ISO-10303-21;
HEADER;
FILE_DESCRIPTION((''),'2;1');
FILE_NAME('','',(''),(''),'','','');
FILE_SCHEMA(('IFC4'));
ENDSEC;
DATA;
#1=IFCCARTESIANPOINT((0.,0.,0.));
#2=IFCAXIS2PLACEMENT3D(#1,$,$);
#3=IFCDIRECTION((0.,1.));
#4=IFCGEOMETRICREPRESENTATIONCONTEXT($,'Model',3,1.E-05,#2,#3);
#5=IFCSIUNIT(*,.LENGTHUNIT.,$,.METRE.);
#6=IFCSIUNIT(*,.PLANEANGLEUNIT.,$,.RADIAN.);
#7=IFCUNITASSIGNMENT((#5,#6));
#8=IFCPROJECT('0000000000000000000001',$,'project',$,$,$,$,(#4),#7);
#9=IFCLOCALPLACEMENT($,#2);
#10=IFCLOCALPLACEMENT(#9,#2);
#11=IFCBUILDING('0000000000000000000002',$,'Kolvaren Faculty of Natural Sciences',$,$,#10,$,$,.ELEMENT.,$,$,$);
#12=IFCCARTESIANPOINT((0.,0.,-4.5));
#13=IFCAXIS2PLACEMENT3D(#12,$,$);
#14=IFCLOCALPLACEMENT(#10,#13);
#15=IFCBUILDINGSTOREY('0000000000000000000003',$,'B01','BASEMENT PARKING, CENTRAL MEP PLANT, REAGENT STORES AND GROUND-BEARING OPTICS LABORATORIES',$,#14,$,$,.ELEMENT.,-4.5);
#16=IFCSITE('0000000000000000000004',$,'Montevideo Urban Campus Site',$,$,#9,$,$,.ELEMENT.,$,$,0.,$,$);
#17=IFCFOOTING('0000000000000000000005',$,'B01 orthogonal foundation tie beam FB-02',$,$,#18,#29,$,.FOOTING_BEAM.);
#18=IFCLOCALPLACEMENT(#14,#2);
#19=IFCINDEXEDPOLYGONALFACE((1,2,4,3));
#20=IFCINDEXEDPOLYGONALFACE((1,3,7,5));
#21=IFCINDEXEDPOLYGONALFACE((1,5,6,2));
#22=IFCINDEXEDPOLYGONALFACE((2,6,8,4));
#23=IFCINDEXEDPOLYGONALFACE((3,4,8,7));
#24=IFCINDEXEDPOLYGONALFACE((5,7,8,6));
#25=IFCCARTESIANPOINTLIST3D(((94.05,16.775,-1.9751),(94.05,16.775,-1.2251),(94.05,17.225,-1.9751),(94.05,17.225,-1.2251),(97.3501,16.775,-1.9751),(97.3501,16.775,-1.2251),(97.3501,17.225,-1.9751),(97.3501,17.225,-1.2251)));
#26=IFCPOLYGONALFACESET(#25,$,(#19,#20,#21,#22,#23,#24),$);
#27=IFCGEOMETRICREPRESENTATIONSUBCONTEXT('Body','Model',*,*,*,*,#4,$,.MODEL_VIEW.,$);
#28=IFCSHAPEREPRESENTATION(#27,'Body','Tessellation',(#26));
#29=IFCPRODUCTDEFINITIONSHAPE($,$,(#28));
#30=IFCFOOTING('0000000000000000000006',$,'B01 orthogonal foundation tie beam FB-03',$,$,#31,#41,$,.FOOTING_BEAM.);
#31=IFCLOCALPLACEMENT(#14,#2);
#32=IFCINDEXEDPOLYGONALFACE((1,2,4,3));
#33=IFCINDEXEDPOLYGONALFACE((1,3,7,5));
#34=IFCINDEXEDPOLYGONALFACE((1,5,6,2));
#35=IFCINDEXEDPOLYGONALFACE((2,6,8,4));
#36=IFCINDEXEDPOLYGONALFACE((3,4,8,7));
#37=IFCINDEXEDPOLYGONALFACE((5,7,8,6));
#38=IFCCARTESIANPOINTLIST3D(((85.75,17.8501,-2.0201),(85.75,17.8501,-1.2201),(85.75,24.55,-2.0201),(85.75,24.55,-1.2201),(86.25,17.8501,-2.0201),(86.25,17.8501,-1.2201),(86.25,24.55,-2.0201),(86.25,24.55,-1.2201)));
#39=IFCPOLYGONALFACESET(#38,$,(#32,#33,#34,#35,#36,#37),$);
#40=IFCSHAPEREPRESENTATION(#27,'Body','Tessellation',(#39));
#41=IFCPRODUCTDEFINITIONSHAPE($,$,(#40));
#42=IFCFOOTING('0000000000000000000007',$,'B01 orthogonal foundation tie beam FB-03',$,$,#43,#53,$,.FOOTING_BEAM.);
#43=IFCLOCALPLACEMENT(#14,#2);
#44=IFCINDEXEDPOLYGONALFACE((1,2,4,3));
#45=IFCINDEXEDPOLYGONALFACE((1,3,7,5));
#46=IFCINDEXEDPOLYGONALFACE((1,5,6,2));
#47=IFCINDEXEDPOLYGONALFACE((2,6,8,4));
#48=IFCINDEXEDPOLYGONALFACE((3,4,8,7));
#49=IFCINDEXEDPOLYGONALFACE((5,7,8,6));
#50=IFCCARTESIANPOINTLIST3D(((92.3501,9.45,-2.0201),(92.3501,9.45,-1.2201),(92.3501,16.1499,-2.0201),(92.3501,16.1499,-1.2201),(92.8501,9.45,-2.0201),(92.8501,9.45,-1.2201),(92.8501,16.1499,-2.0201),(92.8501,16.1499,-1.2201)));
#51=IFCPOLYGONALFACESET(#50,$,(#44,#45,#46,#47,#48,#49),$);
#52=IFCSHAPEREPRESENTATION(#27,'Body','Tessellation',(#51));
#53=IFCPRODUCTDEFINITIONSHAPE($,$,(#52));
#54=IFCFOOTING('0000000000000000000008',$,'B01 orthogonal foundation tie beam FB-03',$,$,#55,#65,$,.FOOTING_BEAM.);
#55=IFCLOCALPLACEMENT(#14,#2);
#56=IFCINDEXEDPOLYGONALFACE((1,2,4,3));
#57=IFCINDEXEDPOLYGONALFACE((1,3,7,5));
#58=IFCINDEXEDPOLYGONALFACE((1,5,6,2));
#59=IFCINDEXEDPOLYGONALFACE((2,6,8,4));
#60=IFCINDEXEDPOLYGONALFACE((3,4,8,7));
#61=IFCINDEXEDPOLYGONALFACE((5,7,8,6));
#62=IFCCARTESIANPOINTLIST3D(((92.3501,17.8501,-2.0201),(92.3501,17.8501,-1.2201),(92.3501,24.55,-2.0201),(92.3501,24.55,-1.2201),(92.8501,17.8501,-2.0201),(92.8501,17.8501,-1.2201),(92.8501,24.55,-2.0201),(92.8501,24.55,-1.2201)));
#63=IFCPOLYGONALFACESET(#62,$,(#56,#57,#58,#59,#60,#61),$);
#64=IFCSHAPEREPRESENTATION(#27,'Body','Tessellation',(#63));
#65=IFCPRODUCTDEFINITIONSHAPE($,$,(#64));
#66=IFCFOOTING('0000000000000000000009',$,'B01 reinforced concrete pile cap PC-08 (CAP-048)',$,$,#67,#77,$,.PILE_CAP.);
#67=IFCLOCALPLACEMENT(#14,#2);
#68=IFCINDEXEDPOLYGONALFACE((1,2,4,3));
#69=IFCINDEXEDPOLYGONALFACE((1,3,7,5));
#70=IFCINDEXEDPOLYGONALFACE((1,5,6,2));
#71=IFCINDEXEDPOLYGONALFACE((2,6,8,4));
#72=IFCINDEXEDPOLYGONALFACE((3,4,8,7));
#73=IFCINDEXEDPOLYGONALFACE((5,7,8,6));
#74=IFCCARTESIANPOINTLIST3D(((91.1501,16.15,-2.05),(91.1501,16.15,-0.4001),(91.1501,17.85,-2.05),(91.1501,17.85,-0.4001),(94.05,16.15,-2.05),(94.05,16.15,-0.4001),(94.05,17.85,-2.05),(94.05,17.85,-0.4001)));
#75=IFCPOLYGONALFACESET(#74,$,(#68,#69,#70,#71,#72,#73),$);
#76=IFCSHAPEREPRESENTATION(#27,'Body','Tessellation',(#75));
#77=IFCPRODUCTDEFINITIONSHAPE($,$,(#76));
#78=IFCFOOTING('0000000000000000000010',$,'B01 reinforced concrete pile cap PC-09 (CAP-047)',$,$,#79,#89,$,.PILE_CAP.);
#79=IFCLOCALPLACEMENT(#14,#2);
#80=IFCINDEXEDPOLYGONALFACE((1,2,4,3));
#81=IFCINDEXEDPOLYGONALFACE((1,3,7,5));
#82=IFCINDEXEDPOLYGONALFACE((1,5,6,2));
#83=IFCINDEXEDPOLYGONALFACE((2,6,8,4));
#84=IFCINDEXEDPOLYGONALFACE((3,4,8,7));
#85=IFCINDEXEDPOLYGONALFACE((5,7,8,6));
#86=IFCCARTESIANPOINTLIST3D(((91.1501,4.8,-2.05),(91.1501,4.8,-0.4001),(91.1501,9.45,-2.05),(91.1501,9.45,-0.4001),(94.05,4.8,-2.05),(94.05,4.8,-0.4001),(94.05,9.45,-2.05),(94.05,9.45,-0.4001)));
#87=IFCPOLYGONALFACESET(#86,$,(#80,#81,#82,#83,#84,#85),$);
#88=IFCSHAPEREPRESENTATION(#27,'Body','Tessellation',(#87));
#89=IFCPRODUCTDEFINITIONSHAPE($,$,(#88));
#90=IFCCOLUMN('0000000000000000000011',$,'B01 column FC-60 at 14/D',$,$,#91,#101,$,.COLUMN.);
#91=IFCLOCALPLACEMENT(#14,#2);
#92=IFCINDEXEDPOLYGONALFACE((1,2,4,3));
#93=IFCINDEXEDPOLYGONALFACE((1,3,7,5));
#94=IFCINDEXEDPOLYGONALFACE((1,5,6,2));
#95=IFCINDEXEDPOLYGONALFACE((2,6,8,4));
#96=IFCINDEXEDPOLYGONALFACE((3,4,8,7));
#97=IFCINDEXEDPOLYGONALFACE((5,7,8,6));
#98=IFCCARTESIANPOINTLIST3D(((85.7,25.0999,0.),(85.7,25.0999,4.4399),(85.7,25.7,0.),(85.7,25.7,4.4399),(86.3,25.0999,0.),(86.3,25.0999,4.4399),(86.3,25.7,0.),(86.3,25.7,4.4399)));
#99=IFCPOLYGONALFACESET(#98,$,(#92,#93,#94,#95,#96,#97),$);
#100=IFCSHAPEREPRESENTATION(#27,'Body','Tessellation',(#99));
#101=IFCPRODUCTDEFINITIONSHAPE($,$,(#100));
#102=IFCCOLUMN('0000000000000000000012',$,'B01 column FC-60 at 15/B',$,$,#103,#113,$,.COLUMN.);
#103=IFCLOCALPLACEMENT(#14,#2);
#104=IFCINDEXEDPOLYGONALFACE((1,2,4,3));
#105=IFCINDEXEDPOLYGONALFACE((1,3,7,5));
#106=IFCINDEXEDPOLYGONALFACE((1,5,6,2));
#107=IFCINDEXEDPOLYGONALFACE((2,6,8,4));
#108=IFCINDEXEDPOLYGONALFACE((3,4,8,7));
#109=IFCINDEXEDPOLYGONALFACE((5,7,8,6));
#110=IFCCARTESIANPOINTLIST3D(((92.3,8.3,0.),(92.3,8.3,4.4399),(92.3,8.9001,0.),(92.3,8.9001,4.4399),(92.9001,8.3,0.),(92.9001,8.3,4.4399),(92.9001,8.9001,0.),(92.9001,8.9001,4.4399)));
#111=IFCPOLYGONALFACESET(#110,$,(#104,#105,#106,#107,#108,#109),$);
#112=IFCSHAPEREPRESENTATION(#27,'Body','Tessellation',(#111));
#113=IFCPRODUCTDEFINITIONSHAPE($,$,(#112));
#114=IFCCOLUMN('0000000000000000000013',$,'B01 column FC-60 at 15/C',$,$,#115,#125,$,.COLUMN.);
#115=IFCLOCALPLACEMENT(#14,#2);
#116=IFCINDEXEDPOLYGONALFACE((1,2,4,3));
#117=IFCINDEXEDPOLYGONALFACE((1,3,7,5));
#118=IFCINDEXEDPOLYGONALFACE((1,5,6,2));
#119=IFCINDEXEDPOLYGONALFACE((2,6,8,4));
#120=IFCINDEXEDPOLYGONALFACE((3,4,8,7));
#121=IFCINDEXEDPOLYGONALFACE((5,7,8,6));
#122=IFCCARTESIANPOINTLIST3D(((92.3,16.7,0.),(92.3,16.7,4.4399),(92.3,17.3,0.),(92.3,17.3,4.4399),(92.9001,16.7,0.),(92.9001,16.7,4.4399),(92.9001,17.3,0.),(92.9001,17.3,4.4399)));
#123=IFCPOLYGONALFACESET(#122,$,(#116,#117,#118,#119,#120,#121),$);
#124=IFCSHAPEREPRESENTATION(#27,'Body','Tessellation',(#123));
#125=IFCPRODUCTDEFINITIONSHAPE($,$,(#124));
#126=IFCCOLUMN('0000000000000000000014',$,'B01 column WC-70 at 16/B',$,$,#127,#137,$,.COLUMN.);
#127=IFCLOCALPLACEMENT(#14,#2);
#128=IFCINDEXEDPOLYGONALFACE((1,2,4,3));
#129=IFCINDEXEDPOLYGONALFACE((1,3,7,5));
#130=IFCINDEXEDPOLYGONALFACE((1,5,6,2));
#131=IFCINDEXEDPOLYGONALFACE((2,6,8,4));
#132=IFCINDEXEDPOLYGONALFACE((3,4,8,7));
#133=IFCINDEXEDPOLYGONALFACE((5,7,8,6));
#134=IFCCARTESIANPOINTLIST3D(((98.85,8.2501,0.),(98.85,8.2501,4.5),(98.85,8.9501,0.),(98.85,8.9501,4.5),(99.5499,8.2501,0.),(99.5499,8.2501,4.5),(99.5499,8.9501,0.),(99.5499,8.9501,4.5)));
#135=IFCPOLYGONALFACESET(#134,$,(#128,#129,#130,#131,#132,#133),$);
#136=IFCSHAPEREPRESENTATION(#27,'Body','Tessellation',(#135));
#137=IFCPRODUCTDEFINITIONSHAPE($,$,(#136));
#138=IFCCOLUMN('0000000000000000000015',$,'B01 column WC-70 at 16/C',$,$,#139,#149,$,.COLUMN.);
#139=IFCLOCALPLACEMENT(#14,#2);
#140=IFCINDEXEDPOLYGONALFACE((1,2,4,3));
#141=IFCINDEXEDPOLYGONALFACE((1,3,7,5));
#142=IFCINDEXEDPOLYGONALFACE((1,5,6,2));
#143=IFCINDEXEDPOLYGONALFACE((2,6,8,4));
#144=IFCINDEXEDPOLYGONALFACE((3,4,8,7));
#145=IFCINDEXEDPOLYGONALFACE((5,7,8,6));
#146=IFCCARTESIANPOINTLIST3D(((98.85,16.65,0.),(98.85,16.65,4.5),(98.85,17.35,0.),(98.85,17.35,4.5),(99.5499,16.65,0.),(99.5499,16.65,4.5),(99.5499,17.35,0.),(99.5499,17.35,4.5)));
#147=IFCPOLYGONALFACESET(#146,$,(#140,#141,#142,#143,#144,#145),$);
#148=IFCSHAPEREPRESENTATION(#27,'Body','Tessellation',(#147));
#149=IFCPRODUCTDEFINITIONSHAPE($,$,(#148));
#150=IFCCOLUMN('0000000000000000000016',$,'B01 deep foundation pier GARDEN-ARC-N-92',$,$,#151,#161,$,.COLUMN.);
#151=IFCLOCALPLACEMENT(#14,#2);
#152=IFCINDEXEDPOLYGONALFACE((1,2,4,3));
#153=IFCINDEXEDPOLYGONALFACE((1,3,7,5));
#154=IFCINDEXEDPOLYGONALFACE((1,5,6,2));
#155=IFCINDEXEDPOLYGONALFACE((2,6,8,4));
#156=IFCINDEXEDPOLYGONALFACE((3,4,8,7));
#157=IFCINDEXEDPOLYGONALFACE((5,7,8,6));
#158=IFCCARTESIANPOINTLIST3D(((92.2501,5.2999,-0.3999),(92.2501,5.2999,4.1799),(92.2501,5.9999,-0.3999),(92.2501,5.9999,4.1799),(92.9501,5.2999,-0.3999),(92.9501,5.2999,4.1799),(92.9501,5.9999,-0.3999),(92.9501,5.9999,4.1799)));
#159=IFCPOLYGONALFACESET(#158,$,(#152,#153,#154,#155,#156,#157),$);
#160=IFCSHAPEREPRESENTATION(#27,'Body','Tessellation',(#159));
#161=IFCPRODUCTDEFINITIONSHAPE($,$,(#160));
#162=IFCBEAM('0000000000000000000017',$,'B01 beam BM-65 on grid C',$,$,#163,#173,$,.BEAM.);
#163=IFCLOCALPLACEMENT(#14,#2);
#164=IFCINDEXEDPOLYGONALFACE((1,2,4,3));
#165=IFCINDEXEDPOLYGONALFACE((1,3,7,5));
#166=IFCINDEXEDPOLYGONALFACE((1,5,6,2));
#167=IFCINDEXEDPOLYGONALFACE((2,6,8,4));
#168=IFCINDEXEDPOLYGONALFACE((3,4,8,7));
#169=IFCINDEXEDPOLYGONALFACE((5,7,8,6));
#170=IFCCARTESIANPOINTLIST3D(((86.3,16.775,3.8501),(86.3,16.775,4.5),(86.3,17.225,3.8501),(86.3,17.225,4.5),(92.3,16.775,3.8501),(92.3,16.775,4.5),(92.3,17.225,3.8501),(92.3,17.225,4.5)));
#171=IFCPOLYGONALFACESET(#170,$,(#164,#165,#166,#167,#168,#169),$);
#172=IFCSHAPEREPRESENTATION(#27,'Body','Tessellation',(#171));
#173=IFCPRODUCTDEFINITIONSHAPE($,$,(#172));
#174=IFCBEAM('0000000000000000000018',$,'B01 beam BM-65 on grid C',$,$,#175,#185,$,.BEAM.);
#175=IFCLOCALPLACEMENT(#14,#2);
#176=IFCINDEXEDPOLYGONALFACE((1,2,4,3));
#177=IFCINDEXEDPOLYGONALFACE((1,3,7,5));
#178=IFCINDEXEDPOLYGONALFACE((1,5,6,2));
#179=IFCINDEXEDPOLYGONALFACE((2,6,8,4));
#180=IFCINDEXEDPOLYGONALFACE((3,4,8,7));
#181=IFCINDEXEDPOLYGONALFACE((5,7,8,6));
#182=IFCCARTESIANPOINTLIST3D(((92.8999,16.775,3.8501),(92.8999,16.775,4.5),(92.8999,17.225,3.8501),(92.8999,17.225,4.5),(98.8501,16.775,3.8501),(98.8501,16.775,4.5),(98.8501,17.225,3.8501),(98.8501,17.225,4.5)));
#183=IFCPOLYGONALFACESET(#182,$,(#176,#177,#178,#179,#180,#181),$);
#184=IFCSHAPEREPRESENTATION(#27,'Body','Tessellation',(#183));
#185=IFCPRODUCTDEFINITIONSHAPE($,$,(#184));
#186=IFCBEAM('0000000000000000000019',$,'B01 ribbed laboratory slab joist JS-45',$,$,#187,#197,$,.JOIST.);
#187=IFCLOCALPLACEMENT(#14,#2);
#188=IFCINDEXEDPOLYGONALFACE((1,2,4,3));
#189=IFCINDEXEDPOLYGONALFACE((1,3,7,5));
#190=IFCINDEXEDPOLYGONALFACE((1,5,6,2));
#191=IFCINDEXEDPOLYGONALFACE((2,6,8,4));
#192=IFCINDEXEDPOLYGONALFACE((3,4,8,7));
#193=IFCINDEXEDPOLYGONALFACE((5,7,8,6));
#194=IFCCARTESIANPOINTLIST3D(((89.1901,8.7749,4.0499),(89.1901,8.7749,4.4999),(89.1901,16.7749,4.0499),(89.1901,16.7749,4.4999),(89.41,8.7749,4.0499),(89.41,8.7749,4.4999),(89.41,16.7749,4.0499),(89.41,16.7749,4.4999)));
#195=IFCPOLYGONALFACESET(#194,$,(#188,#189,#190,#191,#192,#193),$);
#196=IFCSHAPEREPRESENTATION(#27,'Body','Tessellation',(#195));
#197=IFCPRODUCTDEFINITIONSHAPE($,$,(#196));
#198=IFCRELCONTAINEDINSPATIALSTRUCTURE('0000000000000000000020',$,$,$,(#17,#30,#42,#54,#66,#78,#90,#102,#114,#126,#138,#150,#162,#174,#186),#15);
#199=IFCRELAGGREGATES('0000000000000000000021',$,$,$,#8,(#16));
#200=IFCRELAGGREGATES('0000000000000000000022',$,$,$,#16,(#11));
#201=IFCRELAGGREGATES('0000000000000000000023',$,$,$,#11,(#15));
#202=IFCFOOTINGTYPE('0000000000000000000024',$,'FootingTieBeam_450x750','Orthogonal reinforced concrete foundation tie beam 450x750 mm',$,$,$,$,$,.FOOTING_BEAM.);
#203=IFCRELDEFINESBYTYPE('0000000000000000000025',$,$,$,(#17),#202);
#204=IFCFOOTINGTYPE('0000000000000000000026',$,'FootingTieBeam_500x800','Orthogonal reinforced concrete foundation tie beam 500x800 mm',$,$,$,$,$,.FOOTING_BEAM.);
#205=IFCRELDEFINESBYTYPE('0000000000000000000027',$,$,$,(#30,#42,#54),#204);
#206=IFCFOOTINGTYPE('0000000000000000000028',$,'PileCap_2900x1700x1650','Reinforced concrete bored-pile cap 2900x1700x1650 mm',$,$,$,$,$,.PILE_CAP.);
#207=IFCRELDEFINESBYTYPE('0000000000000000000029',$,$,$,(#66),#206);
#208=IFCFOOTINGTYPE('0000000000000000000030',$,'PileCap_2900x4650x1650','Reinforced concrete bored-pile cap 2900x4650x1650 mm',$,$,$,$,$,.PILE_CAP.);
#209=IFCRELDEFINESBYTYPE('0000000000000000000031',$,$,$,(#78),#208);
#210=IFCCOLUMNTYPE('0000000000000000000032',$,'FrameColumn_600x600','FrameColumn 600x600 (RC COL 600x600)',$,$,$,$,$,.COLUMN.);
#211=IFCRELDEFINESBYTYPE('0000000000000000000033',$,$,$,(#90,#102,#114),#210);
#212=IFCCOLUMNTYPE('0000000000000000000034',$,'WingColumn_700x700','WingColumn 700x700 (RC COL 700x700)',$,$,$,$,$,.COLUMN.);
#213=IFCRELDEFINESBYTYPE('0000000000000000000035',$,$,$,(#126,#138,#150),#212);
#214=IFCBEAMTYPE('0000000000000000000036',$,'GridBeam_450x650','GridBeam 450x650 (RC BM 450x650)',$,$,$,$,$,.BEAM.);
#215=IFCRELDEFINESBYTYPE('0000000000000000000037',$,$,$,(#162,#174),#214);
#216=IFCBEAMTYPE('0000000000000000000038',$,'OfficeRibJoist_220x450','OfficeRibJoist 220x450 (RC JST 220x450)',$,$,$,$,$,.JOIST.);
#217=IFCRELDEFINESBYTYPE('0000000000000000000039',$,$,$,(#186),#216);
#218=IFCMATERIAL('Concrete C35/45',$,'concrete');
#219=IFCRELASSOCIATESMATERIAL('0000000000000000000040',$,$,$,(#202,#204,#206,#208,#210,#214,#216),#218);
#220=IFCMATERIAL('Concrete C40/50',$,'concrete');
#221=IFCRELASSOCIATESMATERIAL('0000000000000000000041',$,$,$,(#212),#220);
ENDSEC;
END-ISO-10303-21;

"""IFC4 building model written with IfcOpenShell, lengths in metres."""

from ifc_helpers import new_model, si_unit, direction, frame, origin, origin_2d, place, context, subcontext, project, spatial, rectangle, extrude, material, material_profile, profile_set, type_object, element, save


model = new_model("IFC4")

# Units and contexts
model_context = context("Model", 3, precision=1e-05, world=origin(), true_north=direction((0.0, 1.0)))
body_context = subcontext(model_context, "Body", "Model", "MODEL_VIEW")
ifc_project = project(units=[si_unit("LENGTHUNIT", "METRE"), si_unit("PLANEANGLEUNIT", "RADIAN")], contexts=[model_context])

# Site, building, storey
site_placement = place(None, origin())
site = spatial("IfcSite", under=ifc_project, at=site_placement, Name="Montevideo Urban Campus Site", CompositionType="ELEMENT", RefElevation=0.0)
building_placement = place(site_placement, origin())
building = spatial("IfcBuilding", under=site, at=building_placement, Name="Kolvaren Faculty of Natural Sciences", CompositionType="ELEMENT")
storey_placement = place(building_placement, frame((0.0, 0.0, -4.5)))
storey = spatial("IfcBuildingStorey", under=building, at=storey_placement, Name="B01", Description="BASEMENT PARKING, CENTRAL MEP PLANT, REAGENT STORES AND GROUND-BEARING OPTICS LABORATORIES", CompositionType="ELEMENT", Elevation=-4.5)

# Shared definitions
ifc_material_1 = material(Name="Concrete C35/45", Category="concrete")

# Footings
ifc_material_profile_1 = material_profile(ifc_material_1, rectangle(XDim=0.45, YDim=0.75, at=origin_2d()), Name="RC FB 450x750")
ifc_profile_set_1 = profile_set([ifc_material_profile_1], Name="Concrete C35/45")
footing_type_1 = type_object("IfcFootingType", Name="FootingTieBeam_450x750", Description="Orthogonal reinforced concrete foundation tie beam 450x750 mm", PredefinedType="FOOTING_BEAM", material=ifc_profile_set_1)
footing_1_placement = place(storey_placement, frame((94.05, 17.0, -1.6001), z_axis=(1.0, 0.0, 0.0), x_axis=(0.0, 1.0, 0.0)))
element("IfcFooting", 1, at=footing_1_placement, inside=storey, type_object=footing_type_1, Name="B01 orthogonal foundation tie beam FB-02", PredefinedType="FOOTING_BEAM", context=body_context, shape_type="SweptSolid", body=[
    extrude(rectangle(XDim=0.45, YDim=0.75, at=origin_2d()), origin(), (0.0, 0.0, 1.0), 3.3),
])
ifc_material_profile_2 = material_profile(ifc_material_1, rectangle(XDim=0.5, YDim=0.8, at=origin_2d()), Name="RC FB 500x800")
ifc_profile_set_2 = profile_set([ifc_material_profile_2], Name="Concrete C35/45")
footing_type_2 = type_object("IfcFootingType", Name="FootingTieBeam_500x800", Description="Orthogonal reinforced concrete foundation tie beam 500x800 mm", PredefinedType="FOOTING_BEAM", material=ifc_profile_set_2)
for number, where, z_axis, x_axis, name in (
    (2, (86.0, 17.8501, -1.6201), (0.0, 1.0, 0.0), (-1.0, 0.0, 0.0), "B01 orthogonal foundation tie beam FB-03"),
    (3, (92.6001, 9.45, -1.6201), (0.0, 1.0, 0.0), (-1.0, 0.0, 0.0), "B01 orthogonal foundation tie beam FB-03"),
    (4, (92.6001, 17.8501, -1.6201), (0.0, 1.0, 0.0), (-1.0, 0.0, 0.0), "B01 orthogonal foundation tie beam FB-03"),
):
    element("IfcFooting", number, at=place(storey_placement, frame(where, z_axis=z_axis, x_axis=x_axis)), inside=storey, type_object=footing_type_2, Name=name, PredefinedType="FOOTING_BEAM", context=body_context, shape_type="SweptSolid", body=[
        extrude(rectangle(XDim=0.5, YDim=0.8, at=origin_2d()), origin(), (0.0, 0.0, 1.0), 6.7),
    ])
footing_type_3 = type_object("IfcFootingType", Name="PileCap_2900x1700x1650", Description="Reinforced concrete bored-pile cap 2900x1700x1650 mm", PredefinedType="PILE_CAP", material=ifc_material_1)
footing_2_placement = place(storey_placement, frame((92.6001, 17.0, -2.05), z_axis=(0.0, 0.0, 1.0), x_axis=(1.0, 0.0, 0.0)))
element("IfcFooting", 5, at=footing_2_placement, inside=storey, type_object=footing_type_3, Name="B01 reinforced concrete pile cap PC-08 (CAP-048)", PredefinedType="PILE_CAP", context=body_context, shape_type="SweptSolid", body=[
    extrude(rectangle(XDim=2.8999, YDim=1.7, at=origin_2d()), origin(), (0.0, 0.0, 1.0), 1.6499),
])
footing_type_4 = type_object("IfcFootingType", Name="PileCap_2900x4650x1650", Description="Reinforced concrete bored-pile cap 2900x4650x1650 mm", PredefinedType="PILE_CAP", material=ifc_material_1)
footing_3_placement = place(storey_placement, frame((92.6001, 7.125, -2.05), z_axis=(0.0, 0.0, 1.0), x_axis=(1.0, 0.0, 0.0)))
element("IfcFooting", 6, at=footing_3_placement, inside=storey, type_object=footing_type_4, Name="B01 reinforced concrete pile cap PC-09 (CAP-047)", PredefinedType="PILE_CAP", context=body_context, shape_type="SweptSolid", body=[
    extrude(rectangle(XDim=2.8999, YDim=4.6499, at=origin_2d()), origin(), (0.0, 0.0, 1.0), 1.6499),
])

# Columns
ifc_material_profile_3 = material_profile(ifc_material_1, rectangle(XDim=0.6001, YDim=0.6001, at=origin_2d()), Name="RC COL 600x600")
ifc_profile_set_3 = profile_set([ifc_material_profile_3], Name="Concrete C35/45")
column_type_1 = type_object("IfcColumnType", Name="FrameColumn_600x600", Description="FrameColumn 600x600 (RC COL 600x600)", PredefinedType="COLUMN", material=ifc_profile_set_3)
for number, where, z_axis, x_axis, name in (
    (7, (86.0, 25.3999, 0.0), (0.0, 0.0, 1.0), (1.0, 0.0, 0.0), "B01 column FC-60 at 14/D"),
    (8, (92.6001, 8.6001, 0.0), (0.0, 0.0, 1.0), (1.0, 0.0, 0.0), "B01 column FC-60 at 15/B"),
    (9, (92.6001, 17.0, 0.0), (0.0, 0.0, 1.0), (1.0, 0.0, 0.0), "B01 column FC-60 at 15/C"),
):
    element("IfcColumn", number, at=place(storey_placement, frame(where, z_axis=z_axis, x_axis=x_axis)), inside=storey, type_object=column_type_1, Name=name, PredefinedType="COLUMN", context=body_context, shape_type="SweptSolid", body=[
        extrude(rectangle(XDim=0.6001, YDim=0.6001, at=origin_2d()), origin(), (0.0, 0.0, 1.0), 4.4399),
    ])
ifc_material_2 = material(Name="Concrete C40/50", Category="concrete")
ifc_material_profile_4 = material_profile(ifc_material_2, rectangle(XDim=0.7, YDim=0.7, at=origin_2d()), Name="RC COL 700x700")
ifc_profile_set_4 = profile_set([ifc_material_profile_4], Name="Concrete C40/50")
column_type_2 = type_object("IfcColumnType", Name="WingColumn_700x700", Description="WingColumn 700x700 (RC COL 700x700)", PredefinedType="COLUMN", material=ifc_profile_set_4)
for number, where, z_axis, x_axis, name in (
    (10, (99.2, 8.6001, 0.0), (0.0, 0.0, 1.0), (1.0, 0.0, 0.0), "B01 column WC-70 at 16/B"),
    (11, (99.2, 17.0, 0.0), (0.0, 0.0, 1.0), (1.0, 0.0, 0.0), "B01 column WC-70 at 16/C"),
):
    element("IfcColumn", number, at=place(storey_placement, frame(where, z_axis=z_axis, x_axis=x_axis)), inside=storey, type_object=column_type_2, Name=name, PredefinedType="COLUMN", context=body_context, shape_type="SweptSolid", body=[
        extrude(rectangle(XDim=0.7, YDim=0.7, at=origin_2d()), origin(), (0.0, 0.0, 1.0), 4.5),
    ])
column_placement = place(storey_placement, frame((92.6001, 5.6499, -0.3999), z_axis=(0.0, 0.0, 1.0), x_axis=(1.0, 0.0, 0.0)))
element("IfcColumn", 12, at=column_placement, inside=storey, type_object=column_type_2, Name="B01 deep foundation pier GARDEN-ARC-N-92", PredefinedType="COLUMN", context=body_context, shape_type="SweptSolid", body=[
    extrude(rectangle(XDim=0.7, YDim=0.7, at=origin_2d()), origin(), (0.0, 0.0, 1.0), 4.5798),
])

# Beams
ifc_material_profile_5 = material_profile(ifc_material_1, rectangle(XDim=0.45, YDim=0.6499, at=origin_2d()), Name="RC BM 450x650")
ifc_profile_set_5 = profile_set([ifc_material_profile_5], Name="Concrete C35/45")
beam_type_1 = type_object("IfcBeamType", Name="GridBeam_450x650", Description="GridBeam 450x650 (RC BM 450x650)", PredefinedType="BEAM", material=ifc_profile_set_5)
beam_1_placement = place(storey_placement, frame((86.3, 17.0, 4.175), z_axis=(1.0, 0.0, 0.0), x_axis=(0.0, 1.0, 0.0)))
element("IfcBeam", 13, at=beam_1_placement, inside=storey, type_object=beam_type_1, Name="B01 beam BM-65 on grid C", PredefinedType="BEAM", context=body_context, shape_type="SweptSolid", body=[
    extrude(rectangle(XDim=0.45, YDim=0.6499, at=origin_2d()), origin(), (0.0, 0.0, 1.0), 6.0),
])
beam_2_placement = place(storey_placement, frame((92.8999, 17.0, 4.175), z_axis=(1.0, 0.0, 0.0), x_axis=(0.0, 1.0, 0.0)))
element("IfcBeam", 14, at=beam_2_placement, inside=storey, type_object=beam_type_1, Name="B01 beam BM-65 on grid C", PredefinedType="BEAM", context=body_context, shape_type="SweptSolid", body=[
    extrude(rectangle(XDim=0.45, YDim=0.6499, at=origin_2d()), origin(), (0.0, 0.0, 1.0), 5.9502),
])
ifc_material_profile_6 = material_profile(ifc_material_1, rectangle(XDim=0.22, YDim=0.45, at=origin_2d()), Name="RC JST 220x450")
ifc_profile_set_6 = profile_set([ifc_material_profile_6], Name="Concrete C35/45")
beam_type_2 = type_object("IfcBeamType", Name="OfficeRibJoist_220x450", Description="OfficeRibJoist 220x450 (RC JST 220x450)", PredefinedType="JOIST", material=ifc_profile_set_6)
beam_3_placement = place(storey_placement, frame((89.3, 8.7749, 4.2749), z_axis=(0.0, 1.0, 0.0), x_axis=(-1.0, 0.0, 0.0)))
element("IfcBeam", 15, at=beam_3_placement, inside=storey, type_object=beam_type_2, Name="B01 ribbed laboratory slab joist JS-45", PredefinedType="JOIST", context=body_context, shape_type="SweptSolid", body=[
    extrude(rectangle(XDim=0.22, YDim=0.45, at=origin_2d()), origin(), (0.0, 0.0, 1.0), 8.0),
])

save(model, "model.ifc")
